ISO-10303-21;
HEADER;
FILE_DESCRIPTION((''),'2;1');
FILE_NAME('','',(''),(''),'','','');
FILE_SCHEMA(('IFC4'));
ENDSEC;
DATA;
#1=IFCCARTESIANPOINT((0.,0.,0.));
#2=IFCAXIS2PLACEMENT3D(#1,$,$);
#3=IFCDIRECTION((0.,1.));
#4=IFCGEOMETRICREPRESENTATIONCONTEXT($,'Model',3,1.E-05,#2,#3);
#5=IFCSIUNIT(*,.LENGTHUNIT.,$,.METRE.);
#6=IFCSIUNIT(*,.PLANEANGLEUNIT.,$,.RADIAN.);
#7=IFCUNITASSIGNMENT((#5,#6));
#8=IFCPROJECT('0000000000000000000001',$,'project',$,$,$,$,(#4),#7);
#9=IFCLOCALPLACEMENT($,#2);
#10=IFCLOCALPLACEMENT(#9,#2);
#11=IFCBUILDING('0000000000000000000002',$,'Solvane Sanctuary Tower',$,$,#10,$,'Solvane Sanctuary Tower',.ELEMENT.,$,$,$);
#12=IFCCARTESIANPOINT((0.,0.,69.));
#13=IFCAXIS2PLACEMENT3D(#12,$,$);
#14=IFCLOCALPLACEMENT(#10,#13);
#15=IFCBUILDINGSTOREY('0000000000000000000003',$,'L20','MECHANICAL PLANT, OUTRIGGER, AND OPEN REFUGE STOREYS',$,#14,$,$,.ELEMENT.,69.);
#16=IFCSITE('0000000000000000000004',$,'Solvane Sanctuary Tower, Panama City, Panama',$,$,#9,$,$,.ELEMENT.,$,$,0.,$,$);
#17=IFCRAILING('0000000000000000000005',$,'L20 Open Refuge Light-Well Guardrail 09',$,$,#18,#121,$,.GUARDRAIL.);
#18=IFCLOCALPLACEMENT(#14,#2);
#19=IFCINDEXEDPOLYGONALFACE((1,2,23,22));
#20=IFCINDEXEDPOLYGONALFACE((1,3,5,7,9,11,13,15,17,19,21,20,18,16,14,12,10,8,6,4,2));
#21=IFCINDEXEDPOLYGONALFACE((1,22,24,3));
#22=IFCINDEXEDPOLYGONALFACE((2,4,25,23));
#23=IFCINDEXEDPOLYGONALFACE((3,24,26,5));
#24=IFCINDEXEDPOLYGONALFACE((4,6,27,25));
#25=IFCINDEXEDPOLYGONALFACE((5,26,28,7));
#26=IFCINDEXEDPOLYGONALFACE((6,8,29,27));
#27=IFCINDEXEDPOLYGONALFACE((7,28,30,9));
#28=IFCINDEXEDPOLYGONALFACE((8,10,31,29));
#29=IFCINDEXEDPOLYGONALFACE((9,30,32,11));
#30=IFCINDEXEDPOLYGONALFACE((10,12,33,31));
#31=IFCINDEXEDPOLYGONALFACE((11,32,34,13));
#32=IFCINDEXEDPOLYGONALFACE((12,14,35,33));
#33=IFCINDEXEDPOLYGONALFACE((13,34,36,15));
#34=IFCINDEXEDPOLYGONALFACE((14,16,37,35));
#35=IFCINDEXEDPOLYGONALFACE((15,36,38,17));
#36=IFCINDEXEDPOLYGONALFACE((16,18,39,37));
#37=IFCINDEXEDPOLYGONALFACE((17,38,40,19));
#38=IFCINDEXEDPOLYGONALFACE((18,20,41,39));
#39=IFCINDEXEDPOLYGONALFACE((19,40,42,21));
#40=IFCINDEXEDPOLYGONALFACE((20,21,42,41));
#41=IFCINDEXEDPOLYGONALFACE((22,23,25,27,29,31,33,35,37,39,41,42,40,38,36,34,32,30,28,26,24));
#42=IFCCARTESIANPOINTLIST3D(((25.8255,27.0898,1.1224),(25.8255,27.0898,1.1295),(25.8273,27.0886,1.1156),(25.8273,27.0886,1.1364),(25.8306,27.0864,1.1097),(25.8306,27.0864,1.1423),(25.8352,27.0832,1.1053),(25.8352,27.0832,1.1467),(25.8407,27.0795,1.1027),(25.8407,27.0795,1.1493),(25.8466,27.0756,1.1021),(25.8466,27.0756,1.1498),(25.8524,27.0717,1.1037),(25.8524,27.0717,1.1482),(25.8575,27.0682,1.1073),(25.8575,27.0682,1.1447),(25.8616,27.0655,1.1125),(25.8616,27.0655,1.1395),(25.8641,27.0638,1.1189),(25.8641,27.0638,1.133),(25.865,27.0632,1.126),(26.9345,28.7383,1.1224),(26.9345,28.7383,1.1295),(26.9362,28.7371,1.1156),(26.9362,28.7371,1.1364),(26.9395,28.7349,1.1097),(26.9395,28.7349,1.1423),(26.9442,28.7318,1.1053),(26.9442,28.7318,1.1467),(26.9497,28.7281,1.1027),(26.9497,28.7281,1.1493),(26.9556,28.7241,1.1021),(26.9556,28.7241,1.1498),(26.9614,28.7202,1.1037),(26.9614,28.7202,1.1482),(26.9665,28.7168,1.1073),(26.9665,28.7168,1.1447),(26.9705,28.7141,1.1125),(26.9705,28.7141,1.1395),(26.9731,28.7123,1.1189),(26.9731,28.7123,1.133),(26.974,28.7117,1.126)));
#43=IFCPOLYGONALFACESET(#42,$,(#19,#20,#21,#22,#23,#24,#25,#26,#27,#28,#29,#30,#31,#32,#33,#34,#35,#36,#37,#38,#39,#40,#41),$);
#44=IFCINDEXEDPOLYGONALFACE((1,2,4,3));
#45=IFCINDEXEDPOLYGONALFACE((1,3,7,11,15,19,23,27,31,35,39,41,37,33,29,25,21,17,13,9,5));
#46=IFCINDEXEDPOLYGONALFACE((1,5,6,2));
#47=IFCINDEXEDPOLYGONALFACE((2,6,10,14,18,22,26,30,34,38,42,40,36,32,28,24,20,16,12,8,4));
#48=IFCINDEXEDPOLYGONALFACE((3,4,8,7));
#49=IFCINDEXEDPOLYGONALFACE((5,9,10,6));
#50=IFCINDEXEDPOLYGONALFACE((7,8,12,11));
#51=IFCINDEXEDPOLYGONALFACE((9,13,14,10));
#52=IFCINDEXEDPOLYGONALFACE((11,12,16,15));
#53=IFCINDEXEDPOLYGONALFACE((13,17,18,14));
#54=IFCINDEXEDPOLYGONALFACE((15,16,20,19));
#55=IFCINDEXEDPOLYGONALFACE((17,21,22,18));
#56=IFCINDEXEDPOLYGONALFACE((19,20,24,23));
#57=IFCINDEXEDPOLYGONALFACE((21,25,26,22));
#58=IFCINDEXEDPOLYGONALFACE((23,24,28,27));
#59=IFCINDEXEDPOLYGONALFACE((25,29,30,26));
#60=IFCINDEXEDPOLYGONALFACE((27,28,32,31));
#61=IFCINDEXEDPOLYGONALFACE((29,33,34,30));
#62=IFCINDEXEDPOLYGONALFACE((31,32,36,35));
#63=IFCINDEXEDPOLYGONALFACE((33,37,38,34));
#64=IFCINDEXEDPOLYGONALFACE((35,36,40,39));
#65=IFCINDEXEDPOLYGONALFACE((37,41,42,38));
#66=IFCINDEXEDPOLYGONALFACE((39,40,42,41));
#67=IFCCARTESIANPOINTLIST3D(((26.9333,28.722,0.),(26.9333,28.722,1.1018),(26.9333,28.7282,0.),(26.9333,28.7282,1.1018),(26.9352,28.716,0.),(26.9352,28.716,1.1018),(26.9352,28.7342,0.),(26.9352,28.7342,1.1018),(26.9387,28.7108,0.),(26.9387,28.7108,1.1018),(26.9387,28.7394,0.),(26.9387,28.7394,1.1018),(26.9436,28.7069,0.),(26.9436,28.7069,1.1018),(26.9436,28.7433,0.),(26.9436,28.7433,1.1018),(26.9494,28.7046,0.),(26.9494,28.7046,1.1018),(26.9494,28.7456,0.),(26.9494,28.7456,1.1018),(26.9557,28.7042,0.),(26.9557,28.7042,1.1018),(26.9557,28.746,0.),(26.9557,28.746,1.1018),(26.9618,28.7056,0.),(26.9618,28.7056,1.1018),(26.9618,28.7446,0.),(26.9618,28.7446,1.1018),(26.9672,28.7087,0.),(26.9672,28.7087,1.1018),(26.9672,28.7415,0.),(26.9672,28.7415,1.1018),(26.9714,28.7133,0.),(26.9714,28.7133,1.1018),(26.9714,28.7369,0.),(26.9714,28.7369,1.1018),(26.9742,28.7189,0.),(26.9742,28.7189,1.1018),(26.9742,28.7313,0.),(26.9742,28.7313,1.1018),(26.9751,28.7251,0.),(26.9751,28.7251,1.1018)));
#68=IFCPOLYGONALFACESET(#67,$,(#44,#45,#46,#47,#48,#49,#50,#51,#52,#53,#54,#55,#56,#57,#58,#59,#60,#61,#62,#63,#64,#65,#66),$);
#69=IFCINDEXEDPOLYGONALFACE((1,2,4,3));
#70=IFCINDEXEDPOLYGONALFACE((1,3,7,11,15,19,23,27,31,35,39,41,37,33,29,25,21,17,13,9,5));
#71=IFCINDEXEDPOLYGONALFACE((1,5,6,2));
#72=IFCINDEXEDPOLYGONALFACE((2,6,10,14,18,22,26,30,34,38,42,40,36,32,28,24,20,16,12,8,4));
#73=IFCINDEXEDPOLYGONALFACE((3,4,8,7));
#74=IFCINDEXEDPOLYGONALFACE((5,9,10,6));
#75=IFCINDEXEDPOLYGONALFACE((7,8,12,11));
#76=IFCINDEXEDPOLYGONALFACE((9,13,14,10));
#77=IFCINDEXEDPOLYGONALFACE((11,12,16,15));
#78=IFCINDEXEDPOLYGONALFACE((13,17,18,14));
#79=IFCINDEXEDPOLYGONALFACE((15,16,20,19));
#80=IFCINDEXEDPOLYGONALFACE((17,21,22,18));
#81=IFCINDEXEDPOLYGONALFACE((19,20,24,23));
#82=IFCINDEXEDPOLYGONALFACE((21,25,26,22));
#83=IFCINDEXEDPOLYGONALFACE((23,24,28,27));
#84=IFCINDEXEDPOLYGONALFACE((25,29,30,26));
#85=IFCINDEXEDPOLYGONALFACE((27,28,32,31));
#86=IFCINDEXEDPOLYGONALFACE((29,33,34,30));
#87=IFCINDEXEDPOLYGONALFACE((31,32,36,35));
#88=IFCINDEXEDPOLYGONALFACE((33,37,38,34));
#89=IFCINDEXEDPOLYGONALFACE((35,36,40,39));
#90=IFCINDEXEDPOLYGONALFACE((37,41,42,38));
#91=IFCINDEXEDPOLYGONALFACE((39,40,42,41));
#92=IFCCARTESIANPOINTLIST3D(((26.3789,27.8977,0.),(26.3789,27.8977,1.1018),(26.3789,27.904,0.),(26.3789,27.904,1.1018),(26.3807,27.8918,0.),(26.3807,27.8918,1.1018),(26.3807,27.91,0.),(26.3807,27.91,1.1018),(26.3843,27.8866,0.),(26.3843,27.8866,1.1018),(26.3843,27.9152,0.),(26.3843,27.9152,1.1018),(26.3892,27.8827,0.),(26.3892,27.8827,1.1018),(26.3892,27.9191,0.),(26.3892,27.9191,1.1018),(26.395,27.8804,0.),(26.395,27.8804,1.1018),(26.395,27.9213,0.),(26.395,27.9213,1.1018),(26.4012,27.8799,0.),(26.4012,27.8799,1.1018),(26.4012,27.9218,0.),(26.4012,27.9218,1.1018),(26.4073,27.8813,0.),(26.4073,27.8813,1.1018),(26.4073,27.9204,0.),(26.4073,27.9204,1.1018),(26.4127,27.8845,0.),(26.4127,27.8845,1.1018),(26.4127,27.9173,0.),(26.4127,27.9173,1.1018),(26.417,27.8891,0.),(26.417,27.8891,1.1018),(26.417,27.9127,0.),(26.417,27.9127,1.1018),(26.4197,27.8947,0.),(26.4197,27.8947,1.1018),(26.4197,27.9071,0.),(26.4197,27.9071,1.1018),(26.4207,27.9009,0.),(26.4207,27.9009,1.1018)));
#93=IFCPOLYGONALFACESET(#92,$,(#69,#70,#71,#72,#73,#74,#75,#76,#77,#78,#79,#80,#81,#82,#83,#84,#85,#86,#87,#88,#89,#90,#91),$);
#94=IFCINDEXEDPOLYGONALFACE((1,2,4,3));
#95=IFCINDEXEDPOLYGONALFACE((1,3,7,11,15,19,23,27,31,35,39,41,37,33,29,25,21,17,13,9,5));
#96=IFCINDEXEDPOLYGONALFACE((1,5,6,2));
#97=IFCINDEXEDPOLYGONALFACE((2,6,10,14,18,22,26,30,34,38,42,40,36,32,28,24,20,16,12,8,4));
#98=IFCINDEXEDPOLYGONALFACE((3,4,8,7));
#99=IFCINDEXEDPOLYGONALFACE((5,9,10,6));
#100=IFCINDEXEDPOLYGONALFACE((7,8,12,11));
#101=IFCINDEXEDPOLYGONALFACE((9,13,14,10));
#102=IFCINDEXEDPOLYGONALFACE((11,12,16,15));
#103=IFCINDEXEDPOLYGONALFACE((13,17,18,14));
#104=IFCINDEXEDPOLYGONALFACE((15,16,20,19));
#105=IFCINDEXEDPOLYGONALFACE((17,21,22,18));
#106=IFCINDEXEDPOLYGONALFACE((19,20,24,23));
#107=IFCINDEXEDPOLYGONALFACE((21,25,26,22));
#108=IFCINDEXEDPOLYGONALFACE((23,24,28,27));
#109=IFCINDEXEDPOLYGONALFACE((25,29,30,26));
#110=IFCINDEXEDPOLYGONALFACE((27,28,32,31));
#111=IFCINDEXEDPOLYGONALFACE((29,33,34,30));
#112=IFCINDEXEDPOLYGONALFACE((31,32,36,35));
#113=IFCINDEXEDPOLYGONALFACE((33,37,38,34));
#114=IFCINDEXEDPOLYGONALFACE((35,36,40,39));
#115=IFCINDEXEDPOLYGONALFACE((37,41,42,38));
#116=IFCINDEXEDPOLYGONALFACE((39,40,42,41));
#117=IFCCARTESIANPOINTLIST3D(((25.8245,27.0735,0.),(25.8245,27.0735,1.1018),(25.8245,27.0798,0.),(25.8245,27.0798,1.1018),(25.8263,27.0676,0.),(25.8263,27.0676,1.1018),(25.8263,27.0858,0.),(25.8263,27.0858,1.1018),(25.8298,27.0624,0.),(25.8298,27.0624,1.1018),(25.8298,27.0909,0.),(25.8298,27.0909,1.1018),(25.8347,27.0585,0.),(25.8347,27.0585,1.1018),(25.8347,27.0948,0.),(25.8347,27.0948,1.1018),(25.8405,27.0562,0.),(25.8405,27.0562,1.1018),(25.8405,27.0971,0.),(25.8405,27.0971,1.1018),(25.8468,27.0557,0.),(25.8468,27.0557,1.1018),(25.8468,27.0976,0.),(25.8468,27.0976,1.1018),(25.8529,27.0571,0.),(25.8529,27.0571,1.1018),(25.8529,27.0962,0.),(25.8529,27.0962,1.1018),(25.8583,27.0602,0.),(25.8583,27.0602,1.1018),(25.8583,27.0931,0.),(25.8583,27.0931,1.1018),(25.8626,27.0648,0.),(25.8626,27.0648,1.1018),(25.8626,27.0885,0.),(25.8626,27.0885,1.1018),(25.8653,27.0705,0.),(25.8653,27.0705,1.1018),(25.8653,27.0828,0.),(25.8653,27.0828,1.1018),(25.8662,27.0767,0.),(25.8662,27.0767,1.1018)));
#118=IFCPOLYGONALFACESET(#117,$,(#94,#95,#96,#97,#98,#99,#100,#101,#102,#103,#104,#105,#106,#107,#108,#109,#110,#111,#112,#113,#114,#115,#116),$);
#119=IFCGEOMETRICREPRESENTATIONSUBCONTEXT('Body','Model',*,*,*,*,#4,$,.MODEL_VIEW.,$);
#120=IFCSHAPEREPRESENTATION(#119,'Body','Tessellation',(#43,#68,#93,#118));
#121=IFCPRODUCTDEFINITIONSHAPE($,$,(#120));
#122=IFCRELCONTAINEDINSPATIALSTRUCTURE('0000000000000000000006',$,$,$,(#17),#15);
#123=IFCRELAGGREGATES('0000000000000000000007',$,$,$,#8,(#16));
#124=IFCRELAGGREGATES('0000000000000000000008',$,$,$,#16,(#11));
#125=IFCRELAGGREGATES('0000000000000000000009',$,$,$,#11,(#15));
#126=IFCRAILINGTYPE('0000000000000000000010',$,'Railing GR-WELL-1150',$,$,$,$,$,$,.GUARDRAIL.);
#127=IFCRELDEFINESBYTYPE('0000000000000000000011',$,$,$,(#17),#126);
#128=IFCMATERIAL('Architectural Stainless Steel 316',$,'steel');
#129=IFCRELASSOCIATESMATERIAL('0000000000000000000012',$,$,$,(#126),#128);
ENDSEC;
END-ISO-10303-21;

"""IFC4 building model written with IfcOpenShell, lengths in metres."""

from ifc_helpers import new_model, si_unit, direction, frame, origin, origin_2d, place, context, subcontext, project, spatial, circle, extrude, material, type_object, element, save


model = new_model("IFC4")

# Units and contexts
model_context = context("Model", 3, precision=1e-05, world=origin(), true_north=direction((0.0, 1.0)))
body_context = subcontext(model_context, "Body", "Model", "MODEL_VIEW")
ifc_project = project(units=[si_unit("LENGTHUNIT", "METRE"), si_unit("PLANEANGLEUNIT", "RADIAN")], contexts=[model_context])

# Site, building, storey
site_placement = place(None, origin())
site = spatial("IfcSite", under=ifc_project, at=site_placement, Name="Solvane Sanctuary Tower, Panama City, Panama", CompositionType="ELEMENT", RefElevation=0.0)
building_placement = place(site_placement, origin())
building = spatial("IfcBuilding", under=site, at=building_placement, Name="Solvane Sanctuary Tower", LongName="Solvane Sanctuary Tower", CompositionType="ELEMENT")
storey_placement = place(building_placement, frame((0.0, 0.0, 69.0)))
storey = spatial("IfcBuildingStorey", under=building, at=storey_placement, Name="L20", Description="MECHANICAL PLANT, OUTRIGGER, AND OPEN REFUGE STOREYS", CompositionType="ELEMENT", Elevation=69.0)

# Shared definitions
ifc_material_1 = material(Name="Architectural Stainless Steel 316", Category="steel")

# Railing
railing_type_1 = type_object("IfcRailingType", Name="Railing GR-WELL-1150", PredefinedType="GUARDRAIL", material=ifc_material_1)
railing_1_placement = place(storey_placement, frame((26.9541, 28.7251, 0.0)))
element("IfcRailing", 1, at=railing_1_placement, inside=storey, type_object=railing_type_1, Name="L20 Open Refuge Light-Well Guardrail 09", PredefinedType="GUARDRAIL", context=body_context, shape_type="SweptSolid", body=[
    extrude(circle(Radius=0.0239, at=origin_2d()), frame((0.0, 0.0, 1.126), z_axis=(-0.558155, -0.829737, 0.0), x_axis=(0.829737, -0.558155, 0.0)), (0.0, 0.0, 1.0), 1.9868),
    extrude(circle(Radius=0.021, at=origin_2d()), origin(), (0.0, 0.0, 1.0), 1.1018),
    extrude(circle(Radius=0.021, at=origin_2d()), frame((-0.5544, -0.8242, 0.0)), (0.0, 0.0, 1.0), 1.1018),
    extrude(circle(Radius=0.021, at=origin_2d()), frame((-1.1089, -1.6484, 0.0)), (0.0, 0.0, 1.0), 1.1018),
])

save(model, "model.ifc")
